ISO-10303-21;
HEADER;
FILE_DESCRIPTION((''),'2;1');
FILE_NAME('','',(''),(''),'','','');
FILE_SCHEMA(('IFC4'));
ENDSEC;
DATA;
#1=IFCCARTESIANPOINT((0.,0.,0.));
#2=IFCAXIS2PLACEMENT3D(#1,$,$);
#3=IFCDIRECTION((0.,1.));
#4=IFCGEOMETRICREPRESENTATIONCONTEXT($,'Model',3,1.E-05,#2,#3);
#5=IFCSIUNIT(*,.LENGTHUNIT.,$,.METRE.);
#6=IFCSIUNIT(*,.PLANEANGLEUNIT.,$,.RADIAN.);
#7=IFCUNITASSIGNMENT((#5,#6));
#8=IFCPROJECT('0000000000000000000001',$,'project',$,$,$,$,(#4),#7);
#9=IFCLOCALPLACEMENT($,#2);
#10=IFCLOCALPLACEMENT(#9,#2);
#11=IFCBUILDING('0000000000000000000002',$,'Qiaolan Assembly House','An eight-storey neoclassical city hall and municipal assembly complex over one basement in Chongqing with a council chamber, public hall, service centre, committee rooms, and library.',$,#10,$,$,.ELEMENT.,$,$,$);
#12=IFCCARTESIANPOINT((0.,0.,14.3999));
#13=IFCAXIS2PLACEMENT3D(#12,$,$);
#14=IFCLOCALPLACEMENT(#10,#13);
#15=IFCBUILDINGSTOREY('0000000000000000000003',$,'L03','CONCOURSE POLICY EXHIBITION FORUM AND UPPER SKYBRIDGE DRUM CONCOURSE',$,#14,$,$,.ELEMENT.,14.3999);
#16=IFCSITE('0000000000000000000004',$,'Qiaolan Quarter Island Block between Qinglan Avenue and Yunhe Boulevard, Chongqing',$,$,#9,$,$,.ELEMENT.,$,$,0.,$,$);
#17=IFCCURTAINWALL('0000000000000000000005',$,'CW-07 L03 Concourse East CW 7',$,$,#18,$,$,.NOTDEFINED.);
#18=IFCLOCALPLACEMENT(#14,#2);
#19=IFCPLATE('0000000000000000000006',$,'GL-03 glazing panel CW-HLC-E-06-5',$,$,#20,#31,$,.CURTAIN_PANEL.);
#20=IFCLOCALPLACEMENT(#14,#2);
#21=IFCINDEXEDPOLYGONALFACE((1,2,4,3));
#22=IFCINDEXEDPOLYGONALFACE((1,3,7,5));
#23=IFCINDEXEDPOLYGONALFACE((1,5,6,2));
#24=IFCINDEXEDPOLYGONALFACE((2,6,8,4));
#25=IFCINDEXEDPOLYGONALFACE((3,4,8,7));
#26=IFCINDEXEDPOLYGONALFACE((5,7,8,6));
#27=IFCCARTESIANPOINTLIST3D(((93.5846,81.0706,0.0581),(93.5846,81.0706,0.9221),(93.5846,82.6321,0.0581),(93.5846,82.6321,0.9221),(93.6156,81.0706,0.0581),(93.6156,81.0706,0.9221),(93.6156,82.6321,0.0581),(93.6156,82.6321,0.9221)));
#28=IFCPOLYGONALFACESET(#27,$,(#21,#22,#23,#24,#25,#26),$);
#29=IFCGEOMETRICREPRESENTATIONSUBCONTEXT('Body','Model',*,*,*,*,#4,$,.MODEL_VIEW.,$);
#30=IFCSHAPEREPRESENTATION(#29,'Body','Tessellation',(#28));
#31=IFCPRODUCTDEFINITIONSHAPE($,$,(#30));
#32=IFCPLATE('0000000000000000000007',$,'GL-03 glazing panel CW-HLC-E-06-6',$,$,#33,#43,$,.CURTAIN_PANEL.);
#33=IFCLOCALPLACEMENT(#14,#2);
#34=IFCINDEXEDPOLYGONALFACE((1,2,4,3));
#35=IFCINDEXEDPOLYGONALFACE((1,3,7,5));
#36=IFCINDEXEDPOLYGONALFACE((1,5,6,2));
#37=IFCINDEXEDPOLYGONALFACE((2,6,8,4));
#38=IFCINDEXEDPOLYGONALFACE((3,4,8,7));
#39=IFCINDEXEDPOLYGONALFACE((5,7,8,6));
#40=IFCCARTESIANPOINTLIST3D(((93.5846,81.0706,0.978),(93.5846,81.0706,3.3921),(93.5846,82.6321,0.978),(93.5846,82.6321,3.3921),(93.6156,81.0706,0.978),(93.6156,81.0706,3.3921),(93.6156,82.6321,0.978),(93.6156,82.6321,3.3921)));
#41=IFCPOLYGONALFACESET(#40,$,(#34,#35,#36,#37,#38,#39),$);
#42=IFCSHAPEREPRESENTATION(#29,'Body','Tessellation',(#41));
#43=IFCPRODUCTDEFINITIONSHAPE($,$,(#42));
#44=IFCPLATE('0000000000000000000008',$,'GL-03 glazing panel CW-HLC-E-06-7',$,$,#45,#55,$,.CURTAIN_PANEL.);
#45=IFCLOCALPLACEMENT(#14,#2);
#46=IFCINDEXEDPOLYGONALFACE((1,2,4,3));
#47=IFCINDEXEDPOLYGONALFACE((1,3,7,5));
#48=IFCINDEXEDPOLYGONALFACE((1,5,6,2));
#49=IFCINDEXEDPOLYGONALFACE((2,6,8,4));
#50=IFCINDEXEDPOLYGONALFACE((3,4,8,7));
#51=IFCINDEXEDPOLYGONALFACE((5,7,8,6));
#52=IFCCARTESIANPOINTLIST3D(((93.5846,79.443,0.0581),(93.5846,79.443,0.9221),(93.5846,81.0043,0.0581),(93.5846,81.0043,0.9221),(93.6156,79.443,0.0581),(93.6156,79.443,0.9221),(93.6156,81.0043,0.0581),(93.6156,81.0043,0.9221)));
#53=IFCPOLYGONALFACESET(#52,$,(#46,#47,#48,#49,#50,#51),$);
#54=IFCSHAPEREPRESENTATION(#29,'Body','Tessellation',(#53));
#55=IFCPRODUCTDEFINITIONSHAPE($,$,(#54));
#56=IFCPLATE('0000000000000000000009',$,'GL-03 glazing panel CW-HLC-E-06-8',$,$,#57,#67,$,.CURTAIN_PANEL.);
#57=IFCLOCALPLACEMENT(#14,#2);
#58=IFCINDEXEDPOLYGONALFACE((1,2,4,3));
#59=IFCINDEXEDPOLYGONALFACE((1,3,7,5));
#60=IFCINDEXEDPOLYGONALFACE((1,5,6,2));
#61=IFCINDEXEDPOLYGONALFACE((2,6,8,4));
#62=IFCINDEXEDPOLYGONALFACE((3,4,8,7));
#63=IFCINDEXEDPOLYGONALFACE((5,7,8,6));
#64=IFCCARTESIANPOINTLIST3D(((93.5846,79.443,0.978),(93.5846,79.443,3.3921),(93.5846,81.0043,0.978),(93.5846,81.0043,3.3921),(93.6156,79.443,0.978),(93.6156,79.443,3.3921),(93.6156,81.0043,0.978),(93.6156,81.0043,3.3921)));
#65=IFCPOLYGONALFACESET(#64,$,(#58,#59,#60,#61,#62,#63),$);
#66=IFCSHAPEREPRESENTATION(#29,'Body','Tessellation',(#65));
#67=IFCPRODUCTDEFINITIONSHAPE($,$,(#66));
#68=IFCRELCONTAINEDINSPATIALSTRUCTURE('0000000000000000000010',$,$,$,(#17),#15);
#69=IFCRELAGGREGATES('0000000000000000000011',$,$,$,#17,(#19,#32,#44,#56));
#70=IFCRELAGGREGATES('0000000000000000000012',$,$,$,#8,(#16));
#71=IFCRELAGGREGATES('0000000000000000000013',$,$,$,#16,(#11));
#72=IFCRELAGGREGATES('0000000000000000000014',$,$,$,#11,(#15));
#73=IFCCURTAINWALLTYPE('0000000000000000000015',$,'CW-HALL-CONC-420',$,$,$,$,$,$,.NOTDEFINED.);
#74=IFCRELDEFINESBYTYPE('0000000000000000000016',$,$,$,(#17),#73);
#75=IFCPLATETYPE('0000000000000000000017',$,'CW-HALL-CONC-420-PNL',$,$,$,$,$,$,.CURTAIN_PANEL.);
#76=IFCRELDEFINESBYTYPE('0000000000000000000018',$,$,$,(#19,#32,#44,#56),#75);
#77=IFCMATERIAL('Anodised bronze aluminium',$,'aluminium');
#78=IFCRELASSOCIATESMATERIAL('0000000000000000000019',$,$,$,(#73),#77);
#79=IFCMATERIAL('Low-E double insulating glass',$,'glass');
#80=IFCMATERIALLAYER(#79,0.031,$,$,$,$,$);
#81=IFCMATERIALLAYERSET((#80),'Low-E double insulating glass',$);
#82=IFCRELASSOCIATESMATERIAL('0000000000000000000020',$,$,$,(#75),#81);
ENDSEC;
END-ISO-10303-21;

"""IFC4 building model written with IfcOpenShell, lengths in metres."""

from ifc_helpers import new_model, si_unit, direction, frame, frame_2d, origin, place, context, subcontext, project, spatial, rectangle, extrude, material, layer, layer_set, type_object, element, aggregate, save


model = new_model("IFC4")

# Units and contexts
model_context = context("Model", 3, precision=1e-05, world=origin(), true_north=direction((0.0, 1.0)))
body_context = subcontext(model_context, "Body", "Model", "MODEL_VIEW")
ifc_project = project(units=[si_unit("LENGTHUNIT", "METRE"), si_unit("PLANEANGLEUNIT", "RADIAN")], contexts=[model_context])

# Site, building, storey
site_placement = place(None, origin())
site = spatial("IfcSite", under=ifc_project, at=site_placement, Name="Qiaolan Quarter Island Block between Qinglan Avenue and Yunhe Boulevard, Chongqing", CompositionType="ELEMENT", RefElevation=0.0)
building_placement = place(site_placement, origin())
building = spatial("IfcBuilding", under=site, at=building_placement, Name="Qiaolan Assembly House", Description="An eight-storey neoclassical city hall and municipal assembly complex over one basement in Chongqing with a council chamber, public hall, service centre, committee rooms, and library.", CompositionType="ELEMENT")
storey_placement = place(building_placement, frame((0.0, 0.0, 14.3999)))
storey = spatial("IfcBuildingStorey", under=building, at=storey_placement, Name="L03", Description="CONCOURSE POLICY EXHIBITION FORUM AND UPPER SKYBRIDGE DRUM CONCOURSE", CompositionType="ELEMENT", Elevation=14.3999)

# Curtain wall, plates
ifc_material_1 = material(Name="Anodised bronze aluminium", Category="aluminium")
curtain_wall_type = type_object("IfcCurtainWallType", Name="CW-HALL-CONC-420", PredefinedType="NOTDEFINED", material=ifc_material_1)
curtain_wall_placement = place(storey_placement, origin())
curtain_wall = element("IfcCurtainWall", 1, at=curtain_wall_placement, inside=storey, type_object=curtain_wall_type, Name="CW-07 L03 Concourse East CW 7", PredefinedType="NOTDEFINED")
ifc_material_2 = material(Name="Low-E double insulating glass", Category="glass")
ifc_layer = layer(ifc_material_2, 0.031)
ifc_layer_set = layer_set([ifc_layer], Name="Low-E double insulating glass")
plate_type = type_object("IfcPlateType", Name="CW-HALL-CONC-420-PNL", PredefinedType="CURTAIN_PANEL", material=ifc_layer_set)
plate_1_placement = place(storey_placement, frame((93.6001, 82.6321, 0.0581), z_axis=(0.0, 0.0, 1.0), x_axis=(0.0, -1.0, 0.0)))
plate_1 = element("IfcPlate", 2, at=plate_1_placement, type_object=plate_type, Name="GL-03 glazing panel CW-HLC-E-06-5", PredefinedType="CURTAIN_PANEL", context=body_context, shape_type="SweptSolid", body=[
    extrude(rectangle(XDim=1.5615, YDim=0.031, at=frame_2d((0.7808, 0.0))), origin(), (0.0, 0.0, 1.0), 0.864),
])
plate_2_placement = place(storey_placement, frame((93.6001, 82.6321, 0.978), z_axis=(0.0, 0.0, 1.0), x_axis=(0.0, -1.0, 0.0)))
plate_2 = element("IfcPlate", 3, at=plate_2_placement, type_object=plate_type, Name="GL-03 glazing panel CW-HLC-E-06-6", PredefinedType="CURTAIN_PANEL", context=body_context, shape_type="SweptSolid", body=[
    extrude(rectangle(XDim=1.5615, YDim=0.031, at=frame_2d((0.7808, 0.0))), origin(), (0.0, 0.0, 1.0), 2.4141),
])
plate_3_placement = place(storey_placement, frame((93.6001, 81.0044, 0.0581), z_axis=(0.0, 0.0, 1.0), x_axis=(0.0, -1.0, 0.0)))
plate_3 = element("IfcPlate", 4, at=plate_3_placement, type_object=plate_type, Name="GL-03 glazing panel CW-HLC-E-06-7", PredefinedType="CURTAIN_PANEL", context=body_context, shape_type="SweptSolid", body=[
    extrude(rectangle(XDim=1.5613, YDim=0.031, at=frame_2d((0.7808, 0.0))), origin(), (0.0, 0.0, 1.0), 0.864),
])
plate_4_placement = place(storey_placement, frame((93.6001, 81.0044, 0.978), z_axis=(0.0, 0.0, 1.0), x_axis=(0.0, -1.0, 0.0)))
plate_4 = element("IfcPlate", 5, at=plate_4_placement, type_object=plate_type, Name="GL-03 glazing panel CW-HLC-E-06-8", PredefinedType="CURTAIN_PANEL", context=body_context, shape_type="SweptSolid", body=[
    extrude(rectangle(XDim=1.5613, YDim=0.031, at=frame_2d((0.7808, 0.0))), origin(), (0.0, 0.0, 1.0), 2.4141),
])
aggregate(curtain_wall, [plate_1, plate_2, plate_3, plate_4])

save(model, "model.ifc")
